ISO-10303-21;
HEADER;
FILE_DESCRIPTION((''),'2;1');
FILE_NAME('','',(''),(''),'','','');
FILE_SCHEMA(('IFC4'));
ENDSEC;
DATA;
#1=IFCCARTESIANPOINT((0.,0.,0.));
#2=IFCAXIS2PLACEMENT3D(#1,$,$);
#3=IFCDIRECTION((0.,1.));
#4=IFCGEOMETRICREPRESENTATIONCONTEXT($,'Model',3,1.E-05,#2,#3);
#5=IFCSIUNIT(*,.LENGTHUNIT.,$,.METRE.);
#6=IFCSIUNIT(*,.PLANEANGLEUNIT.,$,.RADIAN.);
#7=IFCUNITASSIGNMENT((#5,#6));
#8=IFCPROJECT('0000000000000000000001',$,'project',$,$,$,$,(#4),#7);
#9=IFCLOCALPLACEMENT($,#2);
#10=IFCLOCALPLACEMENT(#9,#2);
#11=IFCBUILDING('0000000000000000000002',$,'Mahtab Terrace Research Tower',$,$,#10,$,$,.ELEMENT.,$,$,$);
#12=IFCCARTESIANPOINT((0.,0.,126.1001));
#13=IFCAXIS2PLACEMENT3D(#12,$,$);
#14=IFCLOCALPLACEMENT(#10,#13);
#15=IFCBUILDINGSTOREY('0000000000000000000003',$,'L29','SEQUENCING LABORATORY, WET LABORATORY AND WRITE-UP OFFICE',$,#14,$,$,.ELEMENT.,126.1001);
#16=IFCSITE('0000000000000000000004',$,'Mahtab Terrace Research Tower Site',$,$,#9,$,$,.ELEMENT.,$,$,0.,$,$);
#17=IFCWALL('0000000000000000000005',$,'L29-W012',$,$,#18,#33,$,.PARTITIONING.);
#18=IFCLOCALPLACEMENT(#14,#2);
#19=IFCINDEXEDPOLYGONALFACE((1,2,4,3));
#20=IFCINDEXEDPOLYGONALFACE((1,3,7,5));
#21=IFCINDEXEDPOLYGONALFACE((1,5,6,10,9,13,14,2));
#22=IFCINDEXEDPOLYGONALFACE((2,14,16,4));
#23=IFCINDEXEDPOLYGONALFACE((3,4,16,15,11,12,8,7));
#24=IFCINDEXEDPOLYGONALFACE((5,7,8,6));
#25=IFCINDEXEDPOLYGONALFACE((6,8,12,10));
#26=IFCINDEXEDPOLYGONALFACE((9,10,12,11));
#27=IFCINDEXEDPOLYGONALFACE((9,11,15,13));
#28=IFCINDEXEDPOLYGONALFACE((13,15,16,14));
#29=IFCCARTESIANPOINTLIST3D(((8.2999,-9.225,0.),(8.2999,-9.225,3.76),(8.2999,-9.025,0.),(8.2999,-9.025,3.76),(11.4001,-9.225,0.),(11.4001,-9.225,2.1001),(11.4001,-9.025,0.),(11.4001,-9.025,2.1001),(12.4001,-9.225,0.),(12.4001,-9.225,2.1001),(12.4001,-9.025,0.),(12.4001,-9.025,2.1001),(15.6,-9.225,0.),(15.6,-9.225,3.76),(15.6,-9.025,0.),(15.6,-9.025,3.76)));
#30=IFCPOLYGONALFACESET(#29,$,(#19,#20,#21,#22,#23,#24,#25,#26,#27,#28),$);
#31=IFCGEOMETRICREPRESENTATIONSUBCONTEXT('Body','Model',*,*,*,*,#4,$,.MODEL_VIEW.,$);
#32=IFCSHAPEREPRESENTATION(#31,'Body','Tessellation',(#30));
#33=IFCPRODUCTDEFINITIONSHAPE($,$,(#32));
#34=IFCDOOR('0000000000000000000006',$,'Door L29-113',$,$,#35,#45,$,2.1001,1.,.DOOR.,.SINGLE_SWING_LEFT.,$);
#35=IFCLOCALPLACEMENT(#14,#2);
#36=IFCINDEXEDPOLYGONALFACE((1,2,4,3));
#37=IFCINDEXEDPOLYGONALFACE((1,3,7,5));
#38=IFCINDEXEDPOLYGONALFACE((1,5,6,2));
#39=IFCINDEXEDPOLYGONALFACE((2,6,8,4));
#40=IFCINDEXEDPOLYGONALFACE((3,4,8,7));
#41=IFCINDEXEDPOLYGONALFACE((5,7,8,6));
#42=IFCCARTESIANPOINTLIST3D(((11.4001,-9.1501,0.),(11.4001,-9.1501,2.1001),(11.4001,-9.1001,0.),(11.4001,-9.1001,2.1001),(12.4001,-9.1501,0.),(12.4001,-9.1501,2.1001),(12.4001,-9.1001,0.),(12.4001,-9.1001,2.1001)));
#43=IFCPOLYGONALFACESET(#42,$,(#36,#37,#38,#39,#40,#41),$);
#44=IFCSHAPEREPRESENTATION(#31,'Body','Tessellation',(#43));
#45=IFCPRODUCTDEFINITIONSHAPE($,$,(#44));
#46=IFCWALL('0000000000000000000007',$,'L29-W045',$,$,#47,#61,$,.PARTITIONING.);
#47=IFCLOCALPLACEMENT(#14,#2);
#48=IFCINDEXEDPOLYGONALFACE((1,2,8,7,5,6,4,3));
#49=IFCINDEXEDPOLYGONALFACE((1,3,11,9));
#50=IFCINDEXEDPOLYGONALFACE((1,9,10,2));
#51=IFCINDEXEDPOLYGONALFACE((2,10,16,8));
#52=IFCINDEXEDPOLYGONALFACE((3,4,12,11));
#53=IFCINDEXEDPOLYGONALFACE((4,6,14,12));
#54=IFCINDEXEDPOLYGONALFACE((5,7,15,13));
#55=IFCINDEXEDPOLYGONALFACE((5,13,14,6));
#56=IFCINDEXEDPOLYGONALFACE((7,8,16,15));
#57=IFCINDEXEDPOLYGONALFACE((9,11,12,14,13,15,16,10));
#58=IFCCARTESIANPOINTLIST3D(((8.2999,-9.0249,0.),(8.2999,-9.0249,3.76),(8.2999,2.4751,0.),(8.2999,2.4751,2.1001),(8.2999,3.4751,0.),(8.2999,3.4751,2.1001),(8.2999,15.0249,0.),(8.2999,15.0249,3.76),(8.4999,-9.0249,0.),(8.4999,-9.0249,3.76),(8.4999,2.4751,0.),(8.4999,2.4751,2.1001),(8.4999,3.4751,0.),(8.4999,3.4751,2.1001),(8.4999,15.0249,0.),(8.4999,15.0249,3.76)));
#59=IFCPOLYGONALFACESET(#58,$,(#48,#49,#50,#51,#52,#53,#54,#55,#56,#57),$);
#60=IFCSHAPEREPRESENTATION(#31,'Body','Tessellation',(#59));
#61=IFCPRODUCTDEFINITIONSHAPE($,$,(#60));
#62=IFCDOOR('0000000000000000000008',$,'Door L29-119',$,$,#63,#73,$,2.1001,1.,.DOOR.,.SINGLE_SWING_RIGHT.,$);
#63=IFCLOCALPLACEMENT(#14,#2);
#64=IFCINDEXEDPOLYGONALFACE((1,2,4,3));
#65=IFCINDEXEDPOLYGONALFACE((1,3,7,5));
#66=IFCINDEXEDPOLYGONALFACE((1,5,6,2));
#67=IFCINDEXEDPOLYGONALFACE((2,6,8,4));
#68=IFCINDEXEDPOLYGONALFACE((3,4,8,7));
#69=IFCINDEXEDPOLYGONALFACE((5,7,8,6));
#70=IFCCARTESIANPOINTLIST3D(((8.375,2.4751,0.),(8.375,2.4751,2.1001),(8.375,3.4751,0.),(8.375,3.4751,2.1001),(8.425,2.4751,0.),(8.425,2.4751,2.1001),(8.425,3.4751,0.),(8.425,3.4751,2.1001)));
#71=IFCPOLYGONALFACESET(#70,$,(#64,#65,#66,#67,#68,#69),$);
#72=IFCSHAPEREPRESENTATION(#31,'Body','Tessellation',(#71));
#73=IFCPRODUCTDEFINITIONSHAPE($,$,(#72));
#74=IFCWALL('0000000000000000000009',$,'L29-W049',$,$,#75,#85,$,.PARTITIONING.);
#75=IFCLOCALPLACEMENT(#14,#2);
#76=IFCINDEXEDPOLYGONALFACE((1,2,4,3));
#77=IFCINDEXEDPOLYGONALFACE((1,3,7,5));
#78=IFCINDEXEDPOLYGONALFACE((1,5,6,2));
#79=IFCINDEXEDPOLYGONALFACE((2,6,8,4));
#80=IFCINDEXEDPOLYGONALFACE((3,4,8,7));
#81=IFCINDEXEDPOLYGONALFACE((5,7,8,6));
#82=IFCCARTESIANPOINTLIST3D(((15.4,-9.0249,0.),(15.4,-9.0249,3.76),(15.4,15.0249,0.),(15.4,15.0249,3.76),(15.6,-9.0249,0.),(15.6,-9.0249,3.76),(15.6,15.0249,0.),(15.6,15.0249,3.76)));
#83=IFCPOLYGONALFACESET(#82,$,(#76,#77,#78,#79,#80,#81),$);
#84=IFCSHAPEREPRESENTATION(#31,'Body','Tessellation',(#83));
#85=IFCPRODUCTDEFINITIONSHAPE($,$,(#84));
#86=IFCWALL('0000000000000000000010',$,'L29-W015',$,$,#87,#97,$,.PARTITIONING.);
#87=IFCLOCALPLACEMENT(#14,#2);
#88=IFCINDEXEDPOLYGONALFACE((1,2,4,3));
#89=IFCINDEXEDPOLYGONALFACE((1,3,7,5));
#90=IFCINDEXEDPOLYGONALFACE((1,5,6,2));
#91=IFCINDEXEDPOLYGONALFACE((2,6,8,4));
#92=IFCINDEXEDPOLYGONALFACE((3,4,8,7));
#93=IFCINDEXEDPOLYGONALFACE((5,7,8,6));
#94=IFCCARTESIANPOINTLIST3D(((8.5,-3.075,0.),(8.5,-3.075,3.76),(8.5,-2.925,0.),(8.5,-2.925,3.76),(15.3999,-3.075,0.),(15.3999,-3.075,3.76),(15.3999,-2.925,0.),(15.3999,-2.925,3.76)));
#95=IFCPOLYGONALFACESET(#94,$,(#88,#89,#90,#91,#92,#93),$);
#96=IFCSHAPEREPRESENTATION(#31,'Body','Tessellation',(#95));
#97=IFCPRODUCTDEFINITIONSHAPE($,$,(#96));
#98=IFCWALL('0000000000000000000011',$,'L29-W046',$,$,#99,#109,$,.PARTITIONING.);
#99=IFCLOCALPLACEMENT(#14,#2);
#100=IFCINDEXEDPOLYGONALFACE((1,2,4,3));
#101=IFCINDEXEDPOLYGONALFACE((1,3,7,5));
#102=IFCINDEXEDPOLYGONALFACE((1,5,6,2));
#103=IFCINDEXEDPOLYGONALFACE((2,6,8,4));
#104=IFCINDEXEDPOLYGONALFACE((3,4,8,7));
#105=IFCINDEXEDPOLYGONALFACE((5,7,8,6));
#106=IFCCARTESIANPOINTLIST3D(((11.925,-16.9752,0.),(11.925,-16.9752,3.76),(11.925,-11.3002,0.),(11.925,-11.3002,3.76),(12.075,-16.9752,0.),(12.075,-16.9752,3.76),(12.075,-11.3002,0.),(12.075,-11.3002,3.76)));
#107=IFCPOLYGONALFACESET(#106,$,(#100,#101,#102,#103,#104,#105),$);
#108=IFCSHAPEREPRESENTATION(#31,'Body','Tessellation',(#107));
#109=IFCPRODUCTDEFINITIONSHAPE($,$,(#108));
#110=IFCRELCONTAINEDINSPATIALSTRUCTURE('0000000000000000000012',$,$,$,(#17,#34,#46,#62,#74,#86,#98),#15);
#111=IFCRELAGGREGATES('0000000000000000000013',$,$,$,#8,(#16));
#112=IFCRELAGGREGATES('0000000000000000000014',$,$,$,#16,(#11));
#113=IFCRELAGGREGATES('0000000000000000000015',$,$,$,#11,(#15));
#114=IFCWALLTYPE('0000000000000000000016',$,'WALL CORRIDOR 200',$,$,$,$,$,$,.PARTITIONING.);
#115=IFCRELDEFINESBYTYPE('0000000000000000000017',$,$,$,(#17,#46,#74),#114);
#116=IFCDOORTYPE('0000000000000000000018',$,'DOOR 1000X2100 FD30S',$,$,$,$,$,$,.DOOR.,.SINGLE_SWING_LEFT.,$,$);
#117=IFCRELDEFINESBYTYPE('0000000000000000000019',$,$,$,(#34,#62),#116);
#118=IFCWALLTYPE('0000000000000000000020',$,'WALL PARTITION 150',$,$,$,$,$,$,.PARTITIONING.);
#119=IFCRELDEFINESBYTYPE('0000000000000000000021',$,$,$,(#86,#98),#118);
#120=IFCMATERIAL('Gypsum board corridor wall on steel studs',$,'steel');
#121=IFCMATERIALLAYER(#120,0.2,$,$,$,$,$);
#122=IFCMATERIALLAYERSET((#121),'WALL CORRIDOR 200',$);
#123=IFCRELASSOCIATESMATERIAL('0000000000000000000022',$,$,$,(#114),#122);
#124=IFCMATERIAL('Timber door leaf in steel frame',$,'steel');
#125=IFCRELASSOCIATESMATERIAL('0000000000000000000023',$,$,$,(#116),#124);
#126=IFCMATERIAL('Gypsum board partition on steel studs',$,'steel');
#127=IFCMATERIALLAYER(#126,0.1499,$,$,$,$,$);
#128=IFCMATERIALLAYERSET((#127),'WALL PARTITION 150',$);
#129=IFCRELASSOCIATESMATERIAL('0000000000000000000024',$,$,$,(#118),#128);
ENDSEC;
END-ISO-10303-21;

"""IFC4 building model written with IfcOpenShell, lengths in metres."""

from ifc_helpers import new_model, si_unit, direction, frame, frame_2d, origin, place, context, subcontext, project, spatial, rectangle, extrude, material, layer, layer_set, type_object, element, fill, save


model = new_model("IFC4")

# Units and contexts
model_context = context("Model", 3, precision=1e-05, world=origin(), true_north=direction((0.0, 1.0)))
body_context = subcontext(model_context, "Body", "Model", "MODEL_VIEW")
ifc_project = project(units=[si_unit("LENGTHUNIT", "METRE"), si_unit("PLANEANGLEUNIT", "RADIAN")], contexts=[model_context])

# Site, building, storey
site_placement = place(None, origin())
site = spatial("IfcSite", under=ifc_project, at=site_placement, Name="Mahtab Terrace Research Tower Site", CompositionType="ELEMENT", RefElevation=0.0)
building_placement = place(site_placement, origin())
building = spatial("IfcBuilding", under=site, at=building_placement, Name="Mahtab Terrace Research Tower", CompositionType="ELEMENT")
storey_placement = place(building_placement, frame((0.0, 0.0, 126.1001)))
storey = spatial("IfcBuildingStorey", under=building, at=storey_placement, Name="L29", Description="SEQUENCING LABORATORY, WET LABORATORY AND WRITE-UP OFFICE", CompositionType="ELEMENT", Elevation=126.1001)

# Shared definitions
ifc_material_1 = material(Name="Gypsum board corridor wall on steel studs", Category="steel")
ifc_layer_1 = layer(ifc_material_1, 0.2)
ifc_layer_set_1 = layer_set([ifc_layer_1], Name="WALL CORRIDOR 200")
wall_type_1 = type_object("IfcWallType", Name="WALL CORRIDOR 200", PredefinedType="PARTITIONING", material=ifc_layer_set_1)
ifc_material_2 = material(Name="Timber door leaf in steel frame", Category="steel")

# Walls, openings, doors
wall_1_placement = place(storey_placement, frame((8.3, -9.125, 0.0), z_axis=(0.0, 0.0, 1.0), x_axis=(1.0, 0.0, 0.0)))
wall_1 = element("IfcWall", 1, at=wall_1_placement, inside=storey, type_object=wall_type_1, Name="L29-W012", PredefinedType="PARTITIONING", context=body_context, shape_type="SweptSolid", body=[
    extrude(rectangle(XDim=7.3, YDim=0.2, at=frame_2d((3.6499, 0.0))), origin(), (0.0, 0.0, 1.0), 3.76),
])
opening_1_placement = place(wall_1_placement, frame((3.1001, 0.0, 0.0)))
opening_1 = element("IfcOpeningElement", 2, at=opening_1_placement, cuts=wall_1, PredefinedType="OPENING", context=body_context, shape_type="SweptSolid", body=[
    extrude(rectangle(XDim=1.0, YDim=2.1001, at=frame_2d((0.5, 1.05))), frame((0.0, 0.1099, 0.0), z_axis=(0.0, -1.0, 0.0), x_axis=(1.0, 0.0, 0.0)), (0.0, 0.0, 1.0), 0.22),
])
door_type_1 = type_object("IfcDoorType", Name="DOOR 1000X2100 FD30S", OperationType="SINGLE_SWING_LEFT", PredefinedType="DOOR", material=ifc_material_2)
door_1_placement = place(opening_1_placement, origin())
door_1 = element("IfcDoor", 3, at=door_1_placement, inside=storey, type_object=door_type_1, Name="Door L29-113", OperationType="SINGLE_SWING_LEFT", OverallHeight=2.1001, OverallWidth=1.0, PredefinedType="DOOR", context=body_context, shape_type="SweptSolid", body=[
    extrude(rectangle(XDim=1.0, YDim=2.1001, at=frame_2d((0.5, 1.05))), frame((0.0, 0.0249, 0.0), z_axis=(0.0, -1.0, 0.0), x_axis=(1.0, 0.0, 0.0)), (0.0, 0.0, 1.0), 0.05),
])
fill(opening_1, door_1)
wall_2_placement = place(storey_placement, frame((8.3999, -9.0249, 0.0), z_axis=(0.0, 0.0, 1.0), x_axis=(0.0, 1.0, 0.0)))
wall_2 = element("IfcWall", 4, at=wall_2_placement, inside=storey, type_object=wall_type_1, Name="L29-W045", PredefinedType="PARTITIONING", context=body_context, shape_type="SweptSolid", body=[
    extrude(rectangle(XDim=24.0498, YDim=0.2, at=frame_2d((12.0249, 0.0))), origin(), (0.0, 0.0, 1.0), 3.76),
])
opening_2_placement = place(wall_2_placement, frame((11.5, 0.0, 0.0)))
opening_2 = element("IfcOpeningElement", 5, at=opening_2_placement, cuts=wall_2, PredefinedType="OPENING", context=body_context, shape_type="SweptSolid", body=[
    extrude(rectangle(XDim=1.0, YDim=2.1001, at=frame_2d((0.5, 1.05))), frame((0.0, 0.1099, 0.0), z_axis=(0.0, -1.0, 0.0), x_axis=(1.0, 0.0, 0.0)), (0.0, 0.0, 1.0), 0.22),
])
door_2_placement = place(opening_2_placement, origin())
door_2 = element("IfcDoor", 6, at=door_2_placement, inside=storey, type_object=door_type_1, Name="Door L29-119", OperationType="SINGLE_SWING_RIGHT", OverallHeight=2.1001, OverallWidth=1.0, PredefinedType="DOOR", context=body_context, shape_type="SweptSolid", body=[
    extrude(rectangle(XDim=1.0, YDim=2.1001, at=frame_2d((0.5, 1.05))), frame((0.0, 0.0249, 0.0), z_axis=(0.0, -1.0, 0.0), x_axis=(1.0, 0.0, 0.0)), (0.0, 0.0, 1.0), 0.05),
])
fill(opening_2, door_2)

# Walls
wall_3_placement = place(storey_placement, frame((15.5, -9.0249, 0.0), z_axis=(0.0, 0.0, 1.0), x_axis=(0.0, 1.0, 0.0)))
element("IfcWall", 7, at=wall_3_placement, inside=storey, type_object=wall_type_1, Name="L29-W049", PredefinedType="PARTITIONING", context=body_context, shape_type="SweptSolid", body=[
    extrude(rectangle(XDim=24.0498, YDim=0.2, at=frame_2d((12.0249, 0.0))), origin(), (0.0, 0.0, 1.0), 3.76),
])
ifc_material_3 = material(Name="Gypsum board partition on steel studs", Category="steel")
ifc_layer_2 = layer(ifc_material_3, 0.1499)
ifc_layer_set_2 = layer_set([ifc_layer_2], Name="WALL PARTITION 150")
wall_type_2 = type_object("IfcWallType", Name="WALL PARTITION 150", PredefinedType="PARTITIONING", material=ifc_layer_set_2)
wall_4_placement = place(storey_placement, frame((8.5, -3.0, 0.0), z_axis=(0.0, 0.0, 1.0), x_axis=(1.0, 0.0, 0.0)))
element("IfcWall", 8, at=wall_4_placement, inside=storey, type_object=wall_type_2, Name="L29-W015", PredefinedType="PARTITIONING", context=body_context, shape_type="SweptSolid", body=[
    extrude(rectangle(XDim=6.8999, YDim=0.1499, at=frame_2d((3.45, 0.0))), origin(), (0.0, 0.0, 1.0), 3.76),
])
wall_5_placement = place(storey_placement, frame((12.0, -16.9751, 0.0), z_axis=(0.0, 0.0, 1.0), x_axis=(0.0, 1.0, 0.0)))
element("IfcWall", 9, at=wall_5_placement, inside=storey, type_object=wall_type_2, Name="L29-W046", PredefinedType="PARTITIONING", context=body_context, shape_type="SweptSolid", body=[
    extrude(rectangle(XDim=5.675, YDim=0.1499, at=frame_2d((2.8374, 0.0))), origin(), (0.0, 0.0, 1.0), 3.76),
])

save(model, "model.ifc")
